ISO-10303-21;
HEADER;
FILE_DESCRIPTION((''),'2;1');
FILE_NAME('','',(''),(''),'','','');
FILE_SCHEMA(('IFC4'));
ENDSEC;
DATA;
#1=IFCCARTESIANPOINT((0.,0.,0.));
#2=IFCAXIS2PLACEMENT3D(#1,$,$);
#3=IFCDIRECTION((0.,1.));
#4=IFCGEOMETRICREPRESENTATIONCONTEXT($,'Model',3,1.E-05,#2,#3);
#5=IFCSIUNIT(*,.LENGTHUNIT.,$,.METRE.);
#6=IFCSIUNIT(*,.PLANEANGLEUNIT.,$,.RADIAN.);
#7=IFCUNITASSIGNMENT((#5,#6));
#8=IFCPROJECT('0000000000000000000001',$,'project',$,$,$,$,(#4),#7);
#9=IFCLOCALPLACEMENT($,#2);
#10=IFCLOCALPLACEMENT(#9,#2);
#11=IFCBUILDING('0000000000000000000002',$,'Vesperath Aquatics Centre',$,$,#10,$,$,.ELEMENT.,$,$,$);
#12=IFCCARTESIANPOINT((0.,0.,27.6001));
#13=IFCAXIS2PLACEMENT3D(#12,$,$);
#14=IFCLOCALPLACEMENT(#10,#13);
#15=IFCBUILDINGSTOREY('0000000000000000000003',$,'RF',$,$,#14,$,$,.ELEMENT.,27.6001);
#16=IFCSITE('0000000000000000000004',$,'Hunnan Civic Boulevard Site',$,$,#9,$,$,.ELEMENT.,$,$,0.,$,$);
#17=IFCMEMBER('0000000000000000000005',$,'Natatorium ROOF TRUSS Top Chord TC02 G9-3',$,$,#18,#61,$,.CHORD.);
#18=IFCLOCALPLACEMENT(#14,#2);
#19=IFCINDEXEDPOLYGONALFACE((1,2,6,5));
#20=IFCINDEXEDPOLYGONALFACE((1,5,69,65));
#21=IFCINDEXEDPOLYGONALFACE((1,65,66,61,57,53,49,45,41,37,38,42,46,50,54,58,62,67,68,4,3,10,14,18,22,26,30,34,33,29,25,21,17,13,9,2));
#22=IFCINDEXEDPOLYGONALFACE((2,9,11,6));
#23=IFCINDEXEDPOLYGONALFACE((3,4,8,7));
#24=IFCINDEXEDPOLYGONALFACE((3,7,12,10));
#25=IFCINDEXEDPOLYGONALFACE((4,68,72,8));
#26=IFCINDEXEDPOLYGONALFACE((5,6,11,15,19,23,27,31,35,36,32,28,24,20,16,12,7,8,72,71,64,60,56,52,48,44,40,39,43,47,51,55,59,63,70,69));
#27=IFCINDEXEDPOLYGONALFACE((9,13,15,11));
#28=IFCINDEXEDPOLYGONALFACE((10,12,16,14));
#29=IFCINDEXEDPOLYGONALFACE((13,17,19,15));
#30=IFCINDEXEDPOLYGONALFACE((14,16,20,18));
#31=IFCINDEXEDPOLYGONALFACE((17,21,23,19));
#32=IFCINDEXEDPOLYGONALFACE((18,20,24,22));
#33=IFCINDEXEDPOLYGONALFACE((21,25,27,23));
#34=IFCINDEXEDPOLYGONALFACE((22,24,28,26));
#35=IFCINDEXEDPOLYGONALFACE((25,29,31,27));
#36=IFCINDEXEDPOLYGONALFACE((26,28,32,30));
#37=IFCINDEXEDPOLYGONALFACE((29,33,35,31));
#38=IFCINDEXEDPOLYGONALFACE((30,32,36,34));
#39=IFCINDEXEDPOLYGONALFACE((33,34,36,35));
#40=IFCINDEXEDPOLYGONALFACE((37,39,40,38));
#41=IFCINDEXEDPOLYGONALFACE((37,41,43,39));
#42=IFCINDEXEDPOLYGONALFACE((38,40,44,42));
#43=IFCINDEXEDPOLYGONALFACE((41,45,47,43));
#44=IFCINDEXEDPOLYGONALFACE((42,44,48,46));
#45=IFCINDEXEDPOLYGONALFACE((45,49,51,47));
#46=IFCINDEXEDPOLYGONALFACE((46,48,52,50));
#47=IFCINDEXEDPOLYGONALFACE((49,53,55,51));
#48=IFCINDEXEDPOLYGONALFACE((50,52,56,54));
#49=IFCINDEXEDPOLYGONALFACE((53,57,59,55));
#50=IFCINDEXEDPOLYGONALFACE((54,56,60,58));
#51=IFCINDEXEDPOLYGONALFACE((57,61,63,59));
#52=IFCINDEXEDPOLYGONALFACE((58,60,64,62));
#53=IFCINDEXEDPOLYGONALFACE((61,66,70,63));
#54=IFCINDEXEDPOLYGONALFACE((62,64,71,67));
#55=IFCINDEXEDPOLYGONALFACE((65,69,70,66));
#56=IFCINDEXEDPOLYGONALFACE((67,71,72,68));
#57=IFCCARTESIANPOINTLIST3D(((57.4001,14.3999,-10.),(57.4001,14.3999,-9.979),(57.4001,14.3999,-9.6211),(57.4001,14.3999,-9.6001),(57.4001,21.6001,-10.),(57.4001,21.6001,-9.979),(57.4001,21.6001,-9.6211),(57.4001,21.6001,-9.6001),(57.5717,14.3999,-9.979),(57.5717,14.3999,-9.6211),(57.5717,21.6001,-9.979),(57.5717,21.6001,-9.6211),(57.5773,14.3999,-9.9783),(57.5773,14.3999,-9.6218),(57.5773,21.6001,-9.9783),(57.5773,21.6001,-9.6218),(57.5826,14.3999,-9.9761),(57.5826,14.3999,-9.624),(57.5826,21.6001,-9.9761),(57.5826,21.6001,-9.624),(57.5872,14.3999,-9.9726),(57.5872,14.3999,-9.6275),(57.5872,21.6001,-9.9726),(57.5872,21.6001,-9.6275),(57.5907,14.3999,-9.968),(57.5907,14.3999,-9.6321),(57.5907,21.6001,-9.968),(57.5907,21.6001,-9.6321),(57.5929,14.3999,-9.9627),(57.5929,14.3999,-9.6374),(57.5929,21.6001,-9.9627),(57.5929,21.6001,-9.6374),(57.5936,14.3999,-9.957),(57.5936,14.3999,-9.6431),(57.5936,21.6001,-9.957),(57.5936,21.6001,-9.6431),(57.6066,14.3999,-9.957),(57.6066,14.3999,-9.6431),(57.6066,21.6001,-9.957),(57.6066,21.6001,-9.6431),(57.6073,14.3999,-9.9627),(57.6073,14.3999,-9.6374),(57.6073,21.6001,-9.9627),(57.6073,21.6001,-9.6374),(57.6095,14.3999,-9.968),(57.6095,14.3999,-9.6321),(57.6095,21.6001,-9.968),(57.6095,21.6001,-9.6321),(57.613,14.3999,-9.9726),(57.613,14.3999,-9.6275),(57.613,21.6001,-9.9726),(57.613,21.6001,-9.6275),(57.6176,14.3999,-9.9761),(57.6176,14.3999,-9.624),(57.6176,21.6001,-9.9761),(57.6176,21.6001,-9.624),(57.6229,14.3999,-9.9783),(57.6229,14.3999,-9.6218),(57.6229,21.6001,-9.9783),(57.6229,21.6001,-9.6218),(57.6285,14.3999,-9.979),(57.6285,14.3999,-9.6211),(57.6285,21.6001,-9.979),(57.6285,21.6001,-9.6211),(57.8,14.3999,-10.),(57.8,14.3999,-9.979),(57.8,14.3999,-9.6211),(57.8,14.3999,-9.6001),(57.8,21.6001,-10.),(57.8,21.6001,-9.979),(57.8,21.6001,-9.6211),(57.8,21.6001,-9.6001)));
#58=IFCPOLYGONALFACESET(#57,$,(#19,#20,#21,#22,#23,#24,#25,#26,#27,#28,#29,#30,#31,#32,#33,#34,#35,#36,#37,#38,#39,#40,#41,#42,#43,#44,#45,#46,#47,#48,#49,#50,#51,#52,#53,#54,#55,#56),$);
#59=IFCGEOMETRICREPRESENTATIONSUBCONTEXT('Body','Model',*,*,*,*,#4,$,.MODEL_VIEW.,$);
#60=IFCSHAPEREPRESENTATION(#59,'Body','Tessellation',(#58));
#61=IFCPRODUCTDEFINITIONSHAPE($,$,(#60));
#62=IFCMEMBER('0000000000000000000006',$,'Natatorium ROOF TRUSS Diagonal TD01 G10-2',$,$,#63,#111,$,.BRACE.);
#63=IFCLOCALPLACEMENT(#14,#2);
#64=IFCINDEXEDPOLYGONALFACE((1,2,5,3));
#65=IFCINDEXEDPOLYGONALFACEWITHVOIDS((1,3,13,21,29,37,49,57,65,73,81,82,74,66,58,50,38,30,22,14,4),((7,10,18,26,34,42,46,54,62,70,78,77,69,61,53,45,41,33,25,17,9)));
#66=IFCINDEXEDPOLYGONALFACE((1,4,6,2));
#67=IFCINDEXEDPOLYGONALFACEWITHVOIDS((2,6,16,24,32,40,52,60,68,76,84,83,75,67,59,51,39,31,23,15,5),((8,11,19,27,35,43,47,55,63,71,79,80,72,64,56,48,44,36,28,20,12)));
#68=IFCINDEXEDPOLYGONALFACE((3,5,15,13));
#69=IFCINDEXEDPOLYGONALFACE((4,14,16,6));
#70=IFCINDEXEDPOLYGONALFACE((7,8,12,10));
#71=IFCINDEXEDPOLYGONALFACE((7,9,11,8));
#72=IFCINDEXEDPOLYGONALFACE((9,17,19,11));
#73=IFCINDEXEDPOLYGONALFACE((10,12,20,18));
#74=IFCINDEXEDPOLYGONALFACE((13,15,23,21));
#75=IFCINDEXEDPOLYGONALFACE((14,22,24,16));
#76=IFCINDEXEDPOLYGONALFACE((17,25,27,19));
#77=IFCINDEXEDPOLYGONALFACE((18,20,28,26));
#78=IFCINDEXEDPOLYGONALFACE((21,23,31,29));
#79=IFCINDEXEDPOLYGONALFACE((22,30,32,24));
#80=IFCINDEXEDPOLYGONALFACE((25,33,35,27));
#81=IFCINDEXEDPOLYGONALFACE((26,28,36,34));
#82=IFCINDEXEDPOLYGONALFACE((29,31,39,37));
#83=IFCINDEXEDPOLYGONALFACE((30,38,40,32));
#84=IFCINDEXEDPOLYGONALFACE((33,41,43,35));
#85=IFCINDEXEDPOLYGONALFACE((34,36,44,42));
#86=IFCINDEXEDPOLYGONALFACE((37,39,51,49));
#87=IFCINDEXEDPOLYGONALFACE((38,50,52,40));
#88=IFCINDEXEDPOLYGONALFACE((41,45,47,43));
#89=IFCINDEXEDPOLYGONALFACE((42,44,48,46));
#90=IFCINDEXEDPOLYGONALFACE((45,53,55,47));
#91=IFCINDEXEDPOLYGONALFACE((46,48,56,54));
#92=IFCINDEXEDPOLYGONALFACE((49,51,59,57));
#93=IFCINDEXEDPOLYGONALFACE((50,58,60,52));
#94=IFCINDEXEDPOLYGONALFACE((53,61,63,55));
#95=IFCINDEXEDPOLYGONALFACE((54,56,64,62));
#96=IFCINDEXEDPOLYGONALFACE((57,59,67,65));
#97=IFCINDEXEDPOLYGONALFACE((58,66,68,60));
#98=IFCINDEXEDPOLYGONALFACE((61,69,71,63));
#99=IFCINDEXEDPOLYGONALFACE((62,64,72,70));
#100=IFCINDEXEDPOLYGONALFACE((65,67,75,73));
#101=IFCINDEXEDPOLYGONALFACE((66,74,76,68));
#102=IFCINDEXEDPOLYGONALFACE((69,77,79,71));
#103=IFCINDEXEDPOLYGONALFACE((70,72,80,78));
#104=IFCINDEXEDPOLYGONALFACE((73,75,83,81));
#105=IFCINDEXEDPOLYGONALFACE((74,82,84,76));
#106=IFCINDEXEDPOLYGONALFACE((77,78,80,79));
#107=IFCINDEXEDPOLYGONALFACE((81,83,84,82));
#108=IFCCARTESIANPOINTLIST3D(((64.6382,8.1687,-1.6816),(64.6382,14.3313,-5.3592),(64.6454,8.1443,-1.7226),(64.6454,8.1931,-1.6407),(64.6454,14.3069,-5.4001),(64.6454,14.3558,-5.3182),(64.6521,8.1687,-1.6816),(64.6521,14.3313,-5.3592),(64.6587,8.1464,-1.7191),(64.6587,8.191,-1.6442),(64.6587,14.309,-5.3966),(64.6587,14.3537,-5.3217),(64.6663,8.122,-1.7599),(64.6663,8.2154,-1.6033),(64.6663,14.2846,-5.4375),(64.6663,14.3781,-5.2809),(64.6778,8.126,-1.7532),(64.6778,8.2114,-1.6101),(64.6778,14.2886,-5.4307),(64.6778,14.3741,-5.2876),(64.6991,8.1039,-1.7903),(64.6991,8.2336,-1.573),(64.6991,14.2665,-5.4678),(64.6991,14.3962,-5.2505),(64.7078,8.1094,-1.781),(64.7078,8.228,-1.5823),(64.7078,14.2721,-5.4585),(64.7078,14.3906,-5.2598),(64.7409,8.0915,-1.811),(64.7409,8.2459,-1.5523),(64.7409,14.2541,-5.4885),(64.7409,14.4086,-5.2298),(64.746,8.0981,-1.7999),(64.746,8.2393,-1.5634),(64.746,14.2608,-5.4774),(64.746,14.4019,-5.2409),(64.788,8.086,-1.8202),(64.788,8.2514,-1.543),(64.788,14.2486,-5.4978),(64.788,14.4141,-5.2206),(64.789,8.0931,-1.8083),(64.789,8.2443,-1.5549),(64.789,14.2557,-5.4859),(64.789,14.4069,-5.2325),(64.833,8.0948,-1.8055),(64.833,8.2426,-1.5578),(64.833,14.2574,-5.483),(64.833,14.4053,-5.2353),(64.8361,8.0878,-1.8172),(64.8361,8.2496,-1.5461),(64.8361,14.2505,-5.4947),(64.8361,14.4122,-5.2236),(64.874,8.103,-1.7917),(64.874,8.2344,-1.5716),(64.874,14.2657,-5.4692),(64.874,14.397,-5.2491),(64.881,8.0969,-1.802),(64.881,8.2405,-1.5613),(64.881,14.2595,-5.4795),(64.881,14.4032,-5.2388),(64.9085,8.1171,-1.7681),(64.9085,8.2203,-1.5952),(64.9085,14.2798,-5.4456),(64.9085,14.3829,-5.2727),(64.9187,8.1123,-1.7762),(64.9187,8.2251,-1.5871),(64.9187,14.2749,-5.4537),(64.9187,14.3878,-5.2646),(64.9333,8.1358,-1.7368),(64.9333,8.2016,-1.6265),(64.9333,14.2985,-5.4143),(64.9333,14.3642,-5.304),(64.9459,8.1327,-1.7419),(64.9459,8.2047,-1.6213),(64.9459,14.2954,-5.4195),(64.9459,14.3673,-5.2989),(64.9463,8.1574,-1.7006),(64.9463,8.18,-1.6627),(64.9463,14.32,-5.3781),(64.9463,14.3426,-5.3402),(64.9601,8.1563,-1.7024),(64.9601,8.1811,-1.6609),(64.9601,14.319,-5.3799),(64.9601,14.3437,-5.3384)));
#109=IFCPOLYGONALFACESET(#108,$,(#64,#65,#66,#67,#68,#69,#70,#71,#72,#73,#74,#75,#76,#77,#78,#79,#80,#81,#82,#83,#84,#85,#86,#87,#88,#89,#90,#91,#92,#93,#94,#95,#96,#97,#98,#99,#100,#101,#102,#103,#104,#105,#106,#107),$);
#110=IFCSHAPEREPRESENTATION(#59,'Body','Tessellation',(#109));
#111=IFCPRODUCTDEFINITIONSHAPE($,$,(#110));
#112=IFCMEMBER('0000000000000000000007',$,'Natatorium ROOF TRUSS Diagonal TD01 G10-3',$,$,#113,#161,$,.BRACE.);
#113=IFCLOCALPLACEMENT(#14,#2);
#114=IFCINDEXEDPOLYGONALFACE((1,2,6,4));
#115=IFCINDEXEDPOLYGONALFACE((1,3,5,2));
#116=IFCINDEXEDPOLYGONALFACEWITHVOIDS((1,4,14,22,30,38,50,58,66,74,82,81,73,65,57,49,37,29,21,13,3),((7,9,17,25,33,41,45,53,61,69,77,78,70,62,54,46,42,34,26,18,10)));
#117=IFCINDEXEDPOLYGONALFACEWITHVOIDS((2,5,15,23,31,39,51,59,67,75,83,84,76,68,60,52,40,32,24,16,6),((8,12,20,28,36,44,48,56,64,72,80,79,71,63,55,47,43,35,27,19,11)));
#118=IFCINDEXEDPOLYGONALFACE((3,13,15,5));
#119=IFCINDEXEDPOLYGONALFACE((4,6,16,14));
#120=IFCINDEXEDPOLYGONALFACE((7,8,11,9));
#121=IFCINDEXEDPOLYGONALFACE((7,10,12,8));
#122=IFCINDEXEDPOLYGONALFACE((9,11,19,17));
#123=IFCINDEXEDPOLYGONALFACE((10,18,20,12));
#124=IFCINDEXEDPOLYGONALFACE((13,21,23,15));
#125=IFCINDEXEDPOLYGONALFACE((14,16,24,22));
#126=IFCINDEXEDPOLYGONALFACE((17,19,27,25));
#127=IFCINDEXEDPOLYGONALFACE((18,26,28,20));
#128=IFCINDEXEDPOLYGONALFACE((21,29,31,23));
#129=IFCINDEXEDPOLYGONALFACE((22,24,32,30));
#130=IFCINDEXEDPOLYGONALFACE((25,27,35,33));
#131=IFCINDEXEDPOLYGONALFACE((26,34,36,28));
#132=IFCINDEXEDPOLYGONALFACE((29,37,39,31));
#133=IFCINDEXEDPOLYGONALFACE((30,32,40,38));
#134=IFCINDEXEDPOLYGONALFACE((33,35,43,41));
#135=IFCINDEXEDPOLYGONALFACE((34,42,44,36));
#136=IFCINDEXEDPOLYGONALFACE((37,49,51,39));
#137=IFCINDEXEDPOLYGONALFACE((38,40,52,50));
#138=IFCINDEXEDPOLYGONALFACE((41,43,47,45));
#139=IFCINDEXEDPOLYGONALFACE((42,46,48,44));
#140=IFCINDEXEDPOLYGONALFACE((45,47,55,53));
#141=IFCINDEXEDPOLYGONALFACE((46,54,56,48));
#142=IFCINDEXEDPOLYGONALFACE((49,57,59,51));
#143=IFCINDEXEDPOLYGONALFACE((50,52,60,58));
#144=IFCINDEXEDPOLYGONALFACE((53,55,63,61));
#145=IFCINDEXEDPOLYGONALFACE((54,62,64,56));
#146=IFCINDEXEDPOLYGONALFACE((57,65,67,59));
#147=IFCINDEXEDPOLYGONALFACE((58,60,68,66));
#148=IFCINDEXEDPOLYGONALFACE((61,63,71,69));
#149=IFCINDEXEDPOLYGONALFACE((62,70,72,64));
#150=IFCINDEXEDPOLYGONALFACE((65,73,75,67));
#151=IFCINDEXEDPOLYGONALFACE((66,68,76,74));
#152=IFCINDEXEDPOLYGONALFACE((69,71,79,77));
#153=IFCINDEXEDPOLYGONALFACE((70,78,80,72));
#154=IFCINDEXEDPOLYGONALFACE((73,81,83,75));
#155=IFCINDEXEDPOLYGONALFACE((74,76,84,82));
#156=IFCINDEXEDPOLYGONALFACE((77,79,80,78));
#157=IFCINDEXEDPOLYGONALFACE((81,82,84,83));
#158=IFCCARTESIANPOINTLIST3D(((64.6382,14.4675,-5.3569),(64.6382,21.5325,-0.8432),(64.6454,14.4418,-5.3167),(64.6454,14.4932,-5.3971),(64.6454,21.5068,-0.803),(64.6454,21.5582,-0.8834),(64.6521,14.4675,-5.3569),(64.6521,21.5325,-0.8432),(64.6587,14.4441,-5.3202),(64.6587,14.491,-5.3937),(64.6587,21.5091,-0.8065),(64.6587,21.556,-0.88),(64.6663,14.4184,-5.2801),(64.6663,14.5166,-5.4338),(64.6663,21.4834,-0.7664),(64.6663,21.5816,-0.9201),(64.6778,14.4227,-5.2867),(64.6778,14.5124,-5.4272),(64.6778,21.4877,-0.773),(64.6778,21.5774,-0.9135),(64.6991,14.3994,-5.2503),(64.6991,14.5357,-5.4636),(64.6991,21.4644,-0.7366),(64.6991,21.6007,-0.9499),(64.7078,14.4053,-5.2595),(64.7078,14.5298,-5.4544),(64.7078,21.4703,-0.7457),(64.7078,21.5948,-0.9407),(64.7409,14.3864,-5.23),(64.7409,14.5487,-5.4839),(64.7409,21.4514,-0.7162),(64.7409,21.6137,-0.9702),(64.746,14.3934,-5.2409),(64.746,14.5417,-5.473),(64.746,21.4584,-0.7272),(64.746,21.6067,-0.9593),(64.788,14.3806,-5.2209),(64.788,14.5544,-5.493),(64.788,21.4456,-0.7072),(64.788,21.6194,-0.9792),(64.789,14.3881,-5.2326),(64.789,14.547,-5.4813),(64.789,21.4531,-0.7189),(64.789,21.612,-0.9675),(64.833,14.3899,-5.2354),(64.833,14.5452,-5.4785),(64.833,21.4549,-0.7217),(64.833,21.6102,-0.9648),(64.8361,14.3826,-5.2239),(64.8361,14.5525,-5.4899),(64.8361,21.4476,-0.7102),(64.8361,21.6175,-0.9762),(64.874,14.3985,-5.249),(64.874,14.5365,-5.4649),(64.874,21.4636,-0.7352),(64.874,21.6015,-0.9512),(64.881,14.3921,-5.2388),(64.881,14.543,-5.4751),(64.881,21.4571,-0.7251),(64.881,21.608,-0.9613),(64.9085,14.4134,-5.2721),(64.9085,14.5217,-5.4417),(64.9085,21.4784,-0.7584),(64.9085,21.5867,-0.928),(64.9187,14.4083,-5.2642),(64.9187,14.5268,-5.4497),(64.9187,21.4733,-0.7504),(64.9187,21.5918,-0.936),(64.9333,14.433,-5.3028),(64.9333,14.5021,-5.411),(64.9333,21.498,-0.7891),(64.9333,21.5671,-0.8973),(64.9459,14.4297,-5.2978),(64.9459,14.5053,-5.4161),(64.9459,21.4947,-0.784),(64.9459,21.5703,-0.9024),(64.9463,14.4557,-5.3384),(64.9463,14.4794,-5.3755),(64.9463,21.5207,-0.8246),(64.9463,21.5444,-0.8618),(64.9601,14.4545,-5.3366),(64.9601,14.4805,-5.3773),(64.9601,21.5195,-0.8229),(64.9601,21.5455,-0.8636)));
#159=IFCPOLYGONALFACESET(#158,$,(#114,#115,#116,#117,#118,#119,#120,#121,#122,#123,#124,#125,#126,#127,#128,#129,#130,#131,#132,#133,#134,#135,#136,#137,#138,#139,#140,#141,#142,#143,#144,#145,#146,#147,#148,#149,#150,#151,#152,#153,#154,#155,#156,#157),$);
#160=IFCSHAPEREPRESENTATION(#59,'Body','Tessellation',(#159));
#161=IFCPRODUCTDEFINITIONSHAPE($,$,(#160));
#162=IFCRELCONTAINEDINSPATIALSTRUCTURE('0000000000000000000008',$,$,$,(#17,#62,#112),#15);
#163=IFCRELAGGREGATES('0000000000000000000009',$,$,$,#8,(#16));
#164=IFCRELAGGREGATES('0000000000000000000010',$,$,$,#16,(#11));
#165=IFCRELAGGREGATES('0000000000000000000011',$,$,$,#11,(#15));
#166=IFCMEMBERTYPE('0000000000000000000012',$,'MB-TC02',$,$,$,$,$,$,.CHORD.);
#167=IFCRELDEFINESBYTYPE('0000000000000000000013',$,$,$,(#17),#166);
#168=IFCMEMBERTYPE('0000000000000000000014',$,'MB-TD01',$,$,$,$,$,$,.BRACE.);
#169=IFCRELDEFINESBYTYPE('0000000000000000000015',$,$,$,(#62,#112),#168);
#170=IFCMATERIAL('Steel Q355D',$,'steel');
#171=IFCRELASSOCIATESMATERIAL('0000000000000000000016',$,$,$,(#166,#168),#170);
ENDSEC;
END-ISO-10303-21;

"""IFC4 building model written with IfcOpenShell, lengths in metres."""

from ifc_helpers import new_model, si_unit, direction, frame, origin, origin_2d, place, context, subcontext, project, spatial, hollow_circle, i_section, extrude, material, material_profile, profile_set, type_object, element, save


model = new_model("IFC4")

# Units and contexts
model_context = context("Model", 3, precision=1e-05, world=origin(), true_north=direction((0.0, 1.0)))
body_context = subcontext(model_context, "Body", "Model", "MODEL_VIEW")
ifc_project = project(units=[si_unit("LENGTHUNIT", "METRE"), si_unit("PLANEANGLEUNIT", "RADIAN")], contexts=[model_context])

# Site, building, storey
site_placement = place(None, origin())
site = spatial("IfcSite", under=ifc_project, at=site_placement, Name="Hunnan Civic Boulevard Site", CompositionType="ELEMENT", RefElevation=0.0)
building_placement = place(site_placement, origin())
building = spatial("IfcBuilding", under=site, at=building_placement, Name="Vesperath Aquatics Centre", CompositionType="ELEMENT")
storey_placement = place(building_placement, frame((0.0, 0.0, 27.6001)))
storey = spatial("IfcBuildingStorey", under=building, at=storey_placement, Name="RF", CompositionType="ELEMENT", Elevation=27.6001)

# Members
ifc_material_1 = material(Name="Steel Q355D", Category="steel")
ifc_material_profile_1 = material_profile(ifc_material_1, i_section(OverallWidth=0.3999, OverallDepth=0.3999, WebThickness=0.0129, FlangeThickness=0.021, FilletRadius=0.022, at=origin_2d()), Name="HW 400x400x13x21")
ifc_profile_set_1 = profile_set([ifc_material_profile_1], Name="Steel Q355D")
member_type_1 = type_object("IfcMemberType", Name="MB-TC02", PredefinedType="CHORD", material=ifc_profile_set_1)
member_1_placement = place(storey_placement, frame((57.6001, 14.3999, -9.8), z_axis=(0.0, 1.0, 0.0), x_axis=(-1.0, 0.0, 0.0)))
element("IfcMember", 1, at=member_1_placement, inside=storey, type_object=member_type_1, Name="Natatorium ROOF TRUSS Top Chord TC02 G9-3", PredefinedType="CHORD", context=body_context, shape_type="SweptSolid", body=[
    extrude(i_section(OverallWidth=0.3999, OverallDepth=0.3999, WebThickness=0.0129, FlangeThickness=0.021, FilletRadius=0.022, at=origin_2d()), origin(), (0.0, 0.0, 1.0), 7.2002),
])
ifc_material_profile_2 = material_profile(ifc_material_1, hollow_circle(Radius=0.1619, WallThickness=0.0139, at=origin_2d()), Name="CHS 323.9x14")
ifc_profile_set_2 = profile_set([ifc_material_profile_2], Name="Steel Q355D")
member_type_2 = type_object("IfcMemberType", Name="MB-TD01", PredefinedType="BRACE", material=ifc_profile_set_2)
member_2_placement = place(storey_placement, frame((64.8, 8.1687, -1.6816), z_axis=(0.0, 0.858724, -0.512438), x_axis=(-1.0, 0.0, 0.0)))
element("IfcMember", 2, at=member_2_placement, inside=storey, type_object=member_type_2, Name="Natatorium ROOF TRUSS Diagonal TD01 G10-2", PredefinedType="BRACE", context=body_context, shape_type="SweptSolid", body=[
    extrude(hollow_circle(Radius=0.1619, WallThickness=0.0139, at=origin_2d()), origin(), (0.0, 0.0, 1.0), 7.1765),
])
member_3_placement = place(storey_placement, frame((64.8, 14.4675, -5.3569), z_axis=(0.0, 0.842698, 0.538386), x_axis=(-1.0, 0.0, 0.0)))
element("IfcMember", 3, at=member_3_placement, inside=storey, type_object=member_type_2, Name="Natatorium ROOF TRUSS Diagonal TD01 G10-3", PredefinedType="BRACE", context=body_context, shape_type="SweptSolid", body=[
    extrude(hollow_circle(Radius=0.1619, WallThickness=0.0139, at=origin_2d()), origin(), (0.0, 0.0, 1.0), 8.3838),
])

save(model, "model.ifc")
